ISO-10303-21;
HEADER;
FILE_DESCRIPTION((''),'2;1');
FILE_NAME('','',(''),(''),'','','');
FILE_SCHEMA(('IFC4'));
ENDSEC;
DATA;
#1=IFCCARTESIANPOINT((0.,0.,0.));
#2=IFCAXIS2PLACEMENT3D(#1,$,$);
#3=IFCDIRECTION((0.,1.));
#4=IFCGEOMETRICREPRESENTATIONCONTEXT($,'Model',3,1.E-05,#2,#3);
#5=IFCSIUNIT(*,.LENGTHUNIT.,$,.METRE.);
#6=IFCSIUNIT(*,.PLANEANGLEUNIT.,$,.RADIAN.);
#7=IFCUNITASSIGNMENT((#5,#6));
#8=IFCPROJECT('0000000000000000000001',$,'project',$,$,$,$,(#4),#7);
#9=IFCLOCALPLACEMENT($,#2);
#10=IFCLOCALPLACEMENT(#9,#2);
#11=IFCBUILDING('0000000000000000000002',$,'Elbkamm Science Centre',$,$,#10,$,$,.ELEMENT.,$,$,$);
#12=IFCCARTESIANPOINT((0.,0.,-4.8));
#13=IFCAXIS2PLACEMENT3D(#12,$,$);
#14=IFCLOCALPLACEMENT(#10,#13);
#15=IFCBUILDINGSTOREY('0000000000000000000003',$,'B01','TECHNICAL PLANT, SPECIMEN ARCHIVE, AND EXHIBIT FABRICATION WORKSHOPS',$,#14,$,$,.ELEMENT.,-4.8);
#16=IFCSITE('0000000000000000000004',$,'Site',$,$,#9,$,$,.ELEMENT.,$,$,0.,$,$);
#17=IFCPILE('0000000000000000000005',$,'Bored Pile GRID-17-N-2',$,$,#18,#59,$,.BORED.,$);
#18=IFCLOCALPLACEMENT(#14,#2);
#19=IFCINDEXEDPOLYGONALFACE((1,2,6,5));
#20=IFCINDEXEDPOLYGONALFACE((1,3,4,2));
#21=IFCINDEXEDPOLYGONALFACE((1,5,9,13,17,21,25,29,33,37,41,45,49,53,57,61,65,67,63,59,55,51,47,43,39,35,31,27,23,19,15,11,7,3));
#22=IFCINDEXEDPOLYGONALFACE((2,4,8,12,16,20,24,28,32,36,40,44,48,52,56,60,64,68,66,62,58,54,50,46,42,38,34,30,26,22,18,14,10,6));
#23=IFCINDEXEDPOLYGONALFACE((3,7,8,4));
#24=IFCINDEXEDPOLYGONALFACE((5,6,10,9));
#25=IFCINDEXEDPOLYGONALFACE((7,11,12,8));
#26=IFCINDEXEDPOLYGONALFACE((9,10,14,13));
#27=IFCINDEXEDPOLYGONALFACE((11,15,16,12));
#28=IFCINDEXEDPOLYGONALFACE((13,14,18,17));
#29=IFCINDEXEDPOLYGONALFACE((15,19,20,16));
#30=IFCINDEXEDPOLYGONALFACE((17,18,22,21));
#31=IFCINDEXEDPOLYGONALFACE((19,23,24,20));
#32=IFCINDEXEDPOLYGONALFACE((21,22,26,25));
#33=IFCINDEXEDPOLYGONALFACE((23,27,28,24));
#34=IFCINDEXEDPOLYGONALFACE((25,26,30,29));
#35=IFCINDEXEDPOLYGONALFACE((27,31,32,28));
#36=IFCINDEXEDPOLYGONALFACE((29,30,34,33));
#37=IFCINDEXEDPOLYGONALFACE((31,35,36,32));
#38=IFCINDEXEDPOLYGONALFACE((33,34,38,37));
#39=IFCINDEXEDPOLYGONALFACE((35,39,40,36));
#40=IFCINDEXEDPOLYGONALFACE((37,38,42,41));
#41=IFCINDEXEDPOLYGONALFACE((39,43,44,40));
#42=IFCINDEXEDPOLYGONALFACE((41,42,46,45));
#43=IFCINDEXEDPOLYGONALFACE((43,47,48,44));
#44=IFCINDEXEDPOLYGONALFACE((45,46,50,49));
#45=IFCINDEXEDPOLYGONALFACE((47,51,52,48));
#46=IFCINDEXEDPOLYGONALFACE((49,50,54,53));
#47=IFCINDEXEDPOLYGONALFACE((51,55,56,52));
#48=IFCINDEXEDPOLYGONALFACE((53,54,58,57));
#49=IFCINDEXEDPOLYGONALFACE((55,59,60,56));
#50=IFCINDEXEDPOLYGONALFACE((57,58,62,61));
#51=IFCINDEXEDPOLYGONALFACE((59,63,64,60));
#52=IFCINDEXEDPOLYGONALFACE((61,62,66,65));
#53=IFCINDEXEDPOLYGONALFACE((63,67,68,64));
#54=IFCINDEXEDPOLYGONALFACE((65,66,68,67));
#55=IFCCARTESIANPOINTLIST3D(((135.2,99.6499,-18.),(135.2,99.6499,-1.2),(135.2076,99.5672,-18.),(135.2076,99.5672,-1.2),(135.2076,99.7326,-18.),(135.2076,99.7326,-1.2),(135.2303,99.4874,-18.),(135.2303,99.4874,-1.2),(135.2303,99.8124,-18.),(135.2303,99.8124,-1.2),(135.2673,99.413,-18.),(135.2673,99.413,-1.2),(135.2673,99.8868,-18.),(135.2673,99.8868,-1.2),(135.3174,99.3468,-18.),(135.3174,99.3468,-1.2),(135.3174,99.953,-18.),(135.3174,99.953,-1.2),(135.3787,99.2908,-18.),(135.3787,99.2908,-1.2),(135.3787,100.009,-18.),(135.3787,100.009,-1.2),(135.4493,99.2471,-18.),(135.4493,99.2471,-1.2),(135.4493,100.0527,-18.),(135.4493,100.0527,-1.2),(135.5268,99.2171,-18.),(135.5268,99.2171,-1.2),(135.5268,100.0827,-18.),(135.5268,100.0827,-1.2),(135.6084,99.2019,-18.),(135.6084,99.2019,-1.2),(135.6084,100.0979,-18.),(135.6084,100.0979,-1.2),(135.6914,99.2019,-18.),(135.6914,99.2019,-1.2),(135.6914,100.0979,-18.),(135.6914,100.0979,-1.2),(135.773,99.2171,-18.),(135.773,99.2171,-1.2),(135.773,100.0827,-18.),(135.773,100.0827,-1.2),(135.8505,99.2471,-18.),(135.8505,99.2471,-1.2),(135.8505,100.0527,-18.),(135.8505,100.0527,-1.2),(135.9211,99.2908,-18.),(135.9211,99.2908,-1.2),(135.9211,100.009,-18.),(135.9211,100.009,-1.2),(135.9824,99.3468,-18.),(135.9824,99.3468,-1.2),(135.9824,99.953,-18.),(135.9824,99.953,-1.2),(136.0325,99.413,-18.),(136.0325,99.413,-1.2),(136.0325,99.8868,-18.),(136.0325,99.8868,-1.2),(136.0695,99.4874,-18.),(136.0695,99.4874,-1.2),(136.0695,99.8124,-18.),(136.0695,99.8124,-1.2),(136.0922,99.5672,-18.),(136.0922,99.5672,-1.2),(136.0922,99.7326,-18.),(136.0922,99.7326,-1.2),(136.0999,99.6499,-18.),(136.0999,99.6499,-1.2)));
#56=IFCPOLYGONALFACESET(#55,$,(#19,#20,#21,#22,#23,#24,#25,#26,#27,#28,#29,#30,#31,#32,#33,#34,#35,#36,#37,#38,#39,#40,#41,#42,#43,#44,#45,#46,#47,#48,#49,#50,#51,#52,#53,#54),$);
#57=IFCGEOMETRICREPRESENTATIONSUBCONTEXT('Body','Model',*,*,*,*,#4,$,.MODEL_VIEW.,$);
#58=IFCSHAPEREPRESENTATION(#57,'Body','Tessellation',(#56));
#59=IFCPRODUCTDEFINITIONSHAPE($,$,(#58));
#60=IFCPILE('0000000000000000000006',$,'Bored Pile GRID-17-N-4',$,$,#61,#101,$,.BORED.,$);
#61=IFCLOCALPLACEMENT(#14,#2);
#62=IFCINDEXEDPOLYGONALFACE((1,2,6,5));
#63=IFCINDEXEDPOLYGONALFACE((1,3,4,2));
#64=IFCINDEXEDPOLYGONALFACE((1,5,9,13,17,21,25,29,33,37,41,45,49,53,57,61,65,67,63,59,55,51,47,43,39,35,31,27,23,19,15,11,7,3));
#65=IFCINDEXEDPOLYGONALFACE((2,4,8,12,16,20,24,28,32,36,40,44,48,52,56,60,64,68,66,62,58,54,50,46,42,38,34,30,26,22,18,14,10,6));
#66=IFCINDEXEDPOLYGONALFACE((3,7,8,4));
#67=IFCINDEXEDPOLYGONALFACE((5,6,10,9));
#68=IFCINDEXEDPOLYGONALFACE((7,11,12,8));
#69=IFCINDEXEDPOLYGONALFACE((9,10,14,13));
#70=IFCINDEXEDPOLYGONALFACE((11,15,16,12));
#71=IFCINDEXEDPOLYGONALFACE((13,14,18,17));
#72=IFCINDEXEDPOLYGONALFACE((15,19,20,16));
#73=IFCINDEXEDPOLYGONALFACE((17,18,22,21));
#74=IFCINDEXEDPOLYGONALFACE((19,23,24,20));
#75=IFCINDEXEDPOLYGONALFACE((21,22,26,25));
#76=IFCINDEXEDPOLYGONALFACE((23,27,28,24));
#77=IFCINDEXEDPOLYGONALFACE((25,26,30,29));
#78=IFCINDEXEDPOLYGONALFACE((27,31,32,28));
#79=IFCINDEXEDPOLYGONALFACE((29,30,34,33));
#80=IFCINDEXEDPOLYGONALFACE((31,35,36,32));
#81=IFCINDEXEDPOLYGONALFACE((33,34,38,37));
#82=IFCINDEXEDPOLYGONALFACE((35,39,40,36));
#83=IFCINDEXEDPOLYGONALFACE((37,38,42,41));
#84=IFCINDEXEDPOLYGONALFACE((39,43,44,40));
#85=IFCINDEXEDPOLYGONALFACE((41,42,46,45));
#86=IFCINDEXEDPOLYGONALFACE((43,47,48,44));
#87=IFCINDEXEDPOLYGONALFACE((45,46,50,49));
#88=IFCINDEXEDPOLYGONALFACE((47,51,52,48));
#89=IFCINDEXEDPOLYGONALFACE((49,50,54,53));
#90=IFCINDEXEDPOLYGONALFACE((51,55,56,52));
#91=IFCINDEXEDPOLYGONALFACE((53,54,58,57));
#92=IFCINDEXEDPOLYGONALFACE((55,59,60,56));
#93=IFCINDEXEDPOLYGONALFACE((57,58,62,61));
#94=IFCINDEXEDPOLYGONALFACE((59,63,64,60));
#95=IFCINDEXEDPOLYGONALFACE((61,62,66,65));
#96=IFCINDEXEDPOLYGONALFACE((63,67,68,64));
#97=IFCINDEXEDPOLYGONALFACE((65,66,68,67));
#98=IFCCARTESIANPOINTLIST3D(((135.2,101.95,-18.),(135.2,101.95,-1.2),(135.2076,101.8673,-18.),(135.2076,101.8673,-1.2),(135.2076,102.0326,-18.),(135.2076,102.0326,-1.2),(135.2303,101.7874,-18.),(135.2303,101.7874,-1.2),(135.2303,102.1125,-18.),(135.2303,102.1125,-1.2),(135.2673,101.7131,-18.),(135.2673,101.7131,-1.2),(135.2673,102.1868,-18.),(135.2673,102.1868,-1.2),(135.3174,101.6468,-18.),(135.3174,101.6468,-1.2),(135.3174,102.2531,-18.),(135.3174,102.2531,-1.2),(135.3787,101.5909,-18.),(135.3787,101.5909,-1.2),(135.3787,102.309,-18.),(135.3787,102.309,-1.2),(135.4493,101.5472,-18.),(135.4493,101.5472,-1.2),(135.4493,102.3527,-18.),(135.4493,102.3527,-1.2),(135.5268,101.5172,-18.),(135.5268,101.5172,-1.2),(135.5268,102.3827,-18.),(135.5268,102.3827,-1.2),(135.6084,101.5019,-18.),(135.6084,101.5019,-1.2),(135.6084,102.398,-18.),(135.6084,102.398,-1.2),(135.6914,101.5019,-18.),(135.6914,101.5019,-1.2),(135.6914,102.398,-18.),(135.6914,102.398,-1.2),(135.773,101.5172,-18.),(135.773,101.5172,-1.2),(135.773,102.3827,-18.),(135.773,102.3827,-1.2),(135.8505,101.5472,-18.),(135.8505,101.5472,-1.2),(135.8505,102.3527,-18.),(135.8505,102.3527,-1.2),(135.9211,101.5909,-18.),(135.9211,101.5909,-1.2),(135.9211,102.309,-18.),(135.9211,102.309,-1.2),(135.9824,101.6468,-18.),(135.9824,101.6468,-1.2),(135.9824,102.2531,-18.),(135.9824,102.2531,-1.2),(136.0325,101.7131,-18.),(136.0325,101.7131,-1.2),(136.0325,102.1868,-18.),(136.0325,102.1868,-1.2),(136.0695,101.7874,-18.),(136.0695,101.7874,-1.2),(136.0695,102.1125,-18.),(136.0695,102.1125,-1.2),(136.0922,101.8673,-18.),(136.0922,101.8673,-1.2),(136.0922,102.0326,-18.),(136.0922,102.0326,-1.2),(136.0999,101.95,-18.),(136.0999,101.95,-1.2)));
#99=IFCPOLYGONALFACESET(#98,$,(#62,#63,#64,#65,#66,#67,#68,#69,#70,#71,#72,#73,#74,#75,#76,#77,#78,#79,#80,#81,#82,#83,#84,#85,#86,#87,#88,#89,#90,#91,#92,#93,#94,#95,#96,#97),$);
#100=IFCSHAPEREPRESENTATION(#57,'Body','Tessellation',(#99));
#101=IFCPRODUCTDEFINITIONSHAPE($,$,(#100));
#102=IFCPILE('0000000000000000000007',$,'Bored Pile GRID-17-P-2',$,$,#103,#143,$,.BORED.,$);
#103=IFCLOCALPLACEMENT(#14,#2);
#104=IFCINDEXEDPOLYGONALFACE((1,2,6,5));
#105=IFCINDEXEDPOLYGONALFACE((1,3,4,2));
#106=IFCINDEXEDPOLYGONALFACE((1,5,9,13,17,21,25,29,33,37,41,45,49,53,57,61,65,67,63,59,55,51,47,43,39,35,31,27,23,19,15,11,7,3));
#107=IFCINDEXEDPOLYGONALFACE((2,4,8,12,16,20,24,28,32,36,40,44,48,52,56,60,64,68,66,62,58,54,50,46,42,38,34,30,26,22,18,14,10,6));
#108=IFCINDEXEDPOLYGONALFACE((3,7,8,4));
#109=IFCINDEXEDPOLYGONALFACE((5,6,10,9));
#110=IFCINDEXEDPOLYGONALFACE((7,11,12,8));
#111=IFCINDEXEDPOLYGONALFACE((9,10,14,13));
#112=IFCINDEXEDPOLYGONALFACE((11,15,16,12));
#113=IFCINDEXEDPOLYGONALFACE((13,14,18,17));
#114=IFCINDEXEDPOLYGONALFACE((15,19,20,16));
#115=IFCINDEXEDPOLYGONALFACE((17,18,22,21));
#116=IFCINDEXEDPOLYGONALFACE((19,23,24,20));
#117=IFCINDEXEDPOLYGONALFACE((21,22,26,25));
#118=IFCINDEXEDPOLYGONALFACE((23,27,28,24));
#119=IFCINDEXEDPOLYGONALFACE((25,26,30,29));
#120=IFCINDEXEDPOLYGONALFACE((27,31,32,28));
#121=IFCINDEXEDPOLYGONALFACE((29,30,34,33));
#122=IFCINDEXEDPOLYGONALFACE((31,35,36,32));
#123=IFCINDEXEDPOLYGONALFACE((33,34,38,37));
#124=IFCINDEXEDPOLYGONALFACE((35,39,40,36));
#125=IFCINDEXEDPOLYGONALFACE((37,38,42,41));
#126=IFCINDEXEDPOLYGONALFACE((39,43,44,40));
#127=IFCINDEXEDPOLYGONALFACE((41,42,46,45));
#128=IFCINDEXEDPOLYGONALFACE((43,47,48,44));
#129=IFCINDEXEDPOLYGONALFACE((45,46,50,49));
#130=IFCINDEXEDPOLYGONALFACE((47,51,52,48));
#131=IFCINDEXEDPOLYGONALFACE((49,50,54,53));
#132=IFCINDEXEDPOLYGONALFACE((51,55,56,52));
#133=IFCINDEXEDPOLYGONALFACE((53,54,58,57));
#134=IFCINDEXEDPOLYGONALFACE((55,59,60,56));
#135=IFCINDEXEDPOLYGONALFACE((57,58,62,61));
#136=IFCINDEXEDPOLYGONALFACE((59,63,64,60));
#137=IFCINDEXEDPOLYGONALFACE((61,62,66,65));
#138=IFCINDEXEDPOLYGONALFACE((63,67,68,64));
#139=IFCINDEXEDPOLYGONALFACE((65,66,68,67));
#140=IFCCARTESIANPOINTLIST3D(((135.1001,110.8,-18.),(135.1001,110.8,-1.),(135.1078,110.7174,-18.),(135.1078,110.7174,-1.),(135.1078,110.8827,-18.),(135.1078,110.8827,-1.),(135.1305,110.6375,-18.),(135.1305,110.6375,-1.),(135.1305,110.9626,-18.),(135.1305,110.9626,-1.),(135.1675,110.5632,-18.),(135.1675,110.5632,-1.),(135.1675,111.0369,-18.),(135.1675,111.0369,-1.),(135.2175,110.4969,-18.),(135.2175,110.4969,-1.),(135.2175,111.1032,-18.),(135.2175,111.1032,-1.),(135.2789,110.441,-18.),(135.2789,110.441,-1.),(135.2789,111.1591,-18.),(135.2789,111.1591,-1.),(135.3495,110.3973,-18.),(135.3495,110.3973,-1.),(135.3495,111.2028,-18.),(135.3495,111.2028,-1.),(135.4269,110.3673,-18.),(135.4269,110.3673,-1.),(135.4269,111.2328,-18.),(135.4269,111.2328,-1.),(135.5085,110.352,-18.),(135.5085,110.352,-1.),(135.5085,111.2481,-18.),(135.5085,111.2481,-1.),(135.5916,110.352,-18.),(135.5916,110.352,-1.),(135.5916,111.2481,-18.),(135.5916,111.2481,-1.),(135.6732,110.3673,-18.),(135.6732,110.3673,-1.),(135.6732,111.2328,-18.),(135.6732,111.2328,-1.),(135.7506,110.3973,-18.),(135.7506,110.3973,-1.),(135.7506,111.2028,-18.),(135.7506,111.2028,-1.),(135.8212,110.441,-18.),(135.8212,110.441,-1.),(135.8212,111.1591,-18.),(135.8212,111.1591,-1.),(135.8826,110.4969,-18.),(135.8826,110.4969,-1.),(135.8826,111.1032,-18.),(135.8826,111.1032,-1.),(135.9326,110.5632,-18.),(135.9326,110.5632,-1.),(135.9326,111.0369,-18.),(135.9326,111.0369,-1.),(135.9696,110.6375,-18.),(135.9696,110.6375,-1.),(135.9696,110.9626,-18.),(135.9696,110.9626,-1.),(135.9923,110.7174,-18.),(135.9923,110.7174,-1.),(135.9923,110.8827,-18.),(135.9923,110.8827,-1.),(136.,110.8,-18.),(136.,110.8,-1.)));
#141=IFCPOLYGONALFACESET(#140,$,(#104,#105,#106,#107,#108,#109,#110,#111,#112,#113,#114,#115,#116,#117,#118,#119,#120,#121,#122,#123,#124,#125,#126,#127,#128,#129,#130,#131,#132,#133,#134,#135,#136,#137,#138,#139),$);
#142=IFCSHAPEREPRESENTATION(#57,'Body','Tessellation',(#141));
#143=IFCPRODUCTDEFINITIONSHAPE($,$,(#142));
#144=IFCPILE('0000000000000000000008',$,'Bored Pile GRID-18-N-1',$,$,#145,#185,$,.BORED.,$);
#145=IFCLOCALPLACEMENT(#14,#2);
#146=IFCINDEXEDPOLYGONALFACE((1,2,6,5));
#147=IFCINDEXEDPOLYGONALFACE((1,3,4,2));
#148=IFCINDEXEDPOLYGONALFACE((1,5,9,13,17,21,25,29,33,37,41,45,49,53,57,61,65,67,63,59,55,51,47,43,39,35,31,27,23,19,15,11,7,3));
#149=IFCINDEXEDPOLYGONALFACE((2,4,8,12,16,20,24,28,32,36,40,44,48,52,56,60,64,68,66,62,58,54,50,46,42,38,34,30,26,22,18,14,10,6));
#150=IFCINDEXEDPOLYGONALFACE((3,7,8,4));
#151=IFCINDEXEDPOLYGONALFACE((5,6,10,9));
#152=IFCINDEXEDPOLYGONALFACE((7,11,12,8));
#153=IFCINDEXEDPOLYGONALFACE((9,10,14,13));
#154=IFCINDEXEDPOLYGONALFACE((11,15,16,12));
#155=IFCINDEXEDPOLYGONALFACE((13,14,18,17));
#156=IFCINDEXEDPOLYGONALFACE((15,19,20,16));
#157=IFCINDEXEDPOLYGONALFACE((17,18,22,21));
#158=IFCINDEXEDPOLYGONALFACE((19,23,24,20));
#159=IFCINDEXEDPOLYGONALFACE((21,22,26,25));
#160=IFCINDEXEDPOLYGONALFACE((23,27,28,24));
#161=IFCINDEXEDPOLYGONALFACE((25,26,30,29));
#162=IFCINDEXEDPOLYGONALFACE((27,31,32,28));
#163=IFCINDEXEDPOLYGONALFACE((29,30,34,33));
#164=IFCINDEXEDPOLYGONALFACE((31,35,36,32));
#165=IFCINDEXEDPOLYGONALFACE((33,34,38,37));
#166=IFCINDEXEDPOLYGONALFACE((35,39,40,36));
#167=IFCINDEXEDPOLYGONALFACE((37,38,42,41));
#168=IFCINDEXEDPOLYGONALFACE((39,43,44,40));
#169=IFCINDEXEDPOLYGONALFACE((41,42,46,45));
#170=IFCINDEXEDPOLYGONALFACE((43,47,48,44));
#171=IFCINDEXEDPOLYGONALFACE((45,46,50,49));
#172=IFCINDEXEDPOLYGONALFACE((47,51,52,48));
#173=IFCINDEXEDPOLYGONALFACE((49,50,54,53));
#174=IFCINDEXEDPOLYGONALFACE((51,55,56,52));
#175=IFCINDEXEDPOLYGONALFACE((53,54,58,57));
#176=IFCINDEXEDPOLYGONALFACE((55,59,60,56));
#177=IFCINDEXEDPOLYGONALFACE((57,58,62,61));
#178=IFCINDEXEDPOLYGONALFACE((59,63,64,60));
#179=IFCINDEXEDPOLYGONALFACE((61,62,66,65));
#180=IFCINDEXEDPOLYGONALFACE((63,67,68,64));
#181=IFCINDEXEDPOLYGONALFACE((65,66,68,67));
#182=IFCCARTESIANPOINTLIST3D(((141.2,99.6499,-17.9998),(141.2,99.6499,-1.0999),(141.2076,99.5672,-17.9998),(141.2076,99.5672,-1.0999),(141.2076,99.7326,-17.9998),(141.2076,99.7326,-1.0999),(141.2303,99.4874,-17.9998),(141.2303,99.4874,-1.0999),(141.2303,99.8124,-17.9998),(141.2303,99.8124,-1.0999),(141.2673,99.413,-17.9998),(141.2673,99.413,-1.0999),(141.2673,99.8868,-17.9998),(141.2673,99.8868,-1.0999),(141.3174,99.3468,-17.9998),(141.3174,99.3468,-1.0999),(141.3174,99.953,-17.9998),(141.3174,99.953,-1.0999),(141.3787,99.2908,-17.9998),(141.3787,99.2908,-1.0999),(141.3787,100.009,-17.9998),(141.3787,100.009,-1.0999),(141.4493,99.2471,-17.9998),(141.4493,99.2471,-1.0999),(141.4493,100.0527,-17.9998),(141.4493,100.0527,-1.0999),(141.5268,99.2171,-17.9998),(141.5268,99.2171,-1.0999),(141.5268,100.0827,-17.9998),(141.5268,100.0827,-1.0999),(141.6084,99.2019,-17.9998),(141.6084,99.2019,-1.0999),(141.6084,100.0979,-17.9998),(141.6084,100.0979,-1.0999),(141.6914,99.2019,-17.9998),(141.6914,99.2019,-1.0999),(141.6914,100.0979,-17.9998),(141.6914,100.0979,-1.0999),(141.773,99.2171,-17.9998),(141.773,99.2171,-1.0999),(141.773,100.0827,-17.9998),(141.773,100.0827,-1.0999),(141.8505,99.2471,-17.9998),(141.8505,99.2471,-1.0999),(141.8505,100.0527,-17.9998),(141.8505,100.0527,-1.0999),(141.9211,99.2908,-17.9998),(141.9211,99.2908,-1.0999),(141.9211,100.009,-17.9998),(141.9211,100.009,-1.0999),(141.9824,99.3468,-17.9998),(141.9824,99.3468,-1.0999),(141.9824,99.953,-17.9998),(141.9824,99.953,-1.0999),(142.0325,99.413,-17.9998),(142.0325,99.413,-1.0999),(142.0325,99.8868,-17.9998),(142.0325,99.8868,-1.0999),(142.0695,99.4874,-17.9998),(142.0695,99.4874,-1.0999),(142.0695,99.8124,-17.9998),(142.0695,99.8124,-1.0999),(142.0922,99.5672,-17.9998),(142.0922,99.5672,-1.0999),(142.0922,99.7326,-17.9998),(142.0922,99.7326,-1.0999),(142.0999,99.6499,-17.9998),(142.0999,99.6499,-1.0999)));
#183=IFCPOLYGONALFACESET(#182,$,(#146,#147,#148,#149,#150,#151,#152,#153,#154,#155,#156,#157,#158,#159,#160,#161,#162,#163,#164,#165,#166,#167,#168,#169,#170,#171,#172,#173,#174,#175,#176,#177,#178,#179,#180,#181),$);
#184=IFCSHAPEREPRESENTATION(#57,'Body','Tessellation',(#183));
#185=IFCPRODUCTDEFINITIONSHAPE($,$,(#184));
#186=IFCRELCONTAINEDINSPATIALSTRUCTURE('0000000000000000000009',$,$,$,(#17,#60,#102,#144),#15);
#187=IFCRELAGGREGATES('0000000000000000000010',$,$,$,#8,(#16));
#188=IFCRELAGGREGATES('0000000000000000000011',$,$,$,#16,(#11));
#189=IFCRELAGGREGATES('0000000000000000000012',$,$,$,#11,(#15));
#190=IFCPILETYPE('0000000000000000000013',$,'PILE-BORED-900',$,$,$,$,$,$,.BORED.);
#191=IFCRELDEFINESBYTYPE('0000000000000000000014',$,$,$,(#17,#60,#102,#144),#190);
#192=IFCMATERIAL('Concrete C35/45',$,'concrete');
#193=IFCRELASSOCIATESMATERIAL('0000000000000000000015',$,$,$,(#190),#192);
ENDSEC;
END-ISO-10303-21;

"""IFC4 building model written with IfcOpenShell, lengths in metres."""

from ifc_helpers import new_model, si_unit, direction, frame, origin, origin_2d, place, context, subcontext, project, spatial, circle, extrude, material, material_profile, profile_set, type_object, element, save


model = new_model("IFC4")

# Units and contexts
model_context = context("Model", 3, precision=1e-05, world=origin(), true_north=direction((0.0, 1.0)))
body_context = subcontext(model_context, "Body", "Model", "MODEL_VIEW")
ifc_project = project(units=[si_unit("LENGTHUNIT", "METRE"), si_unit("PLANEANGLEUNIT", "RADIAN")], contexts=[model_context])

# Site, building, storey
site_placement = place(None, origin())
site = spatial("IfcSite", under=ifc_project, at=site_placement, Name="Site", CompositionType="ELEMENT", RefElevation=0.0)
building_placement = place(site_placement, origin())
building = spatial("IfcBuilding", under=site, at=building_placement, Name="Elbkamm Science Centre", CompositionType="ELEMENT")
storey_placement = place(building_placement, frame((0.0, 0.0, -4.8)))
storey = spatial("IfcBuildingStorey", under=building, at=storey_placement, Name="B01", Description="TECHNICAL PLANT, SPECIMEN ARCHIVE, AND EXHIBIT FABRICATION WORKSHOPS", CompositionType="ELEMENT", Elevation=-4.8)

# Shared definitions
ifc_material_1 = material(Name="Concrete C35/45", Category="concrete")

# Piles
ifc_material_profile_1 = material_profile(ifc_material_1, circle(Radius=0.45, at=origin_2d()), Name="PILE D900")
ifc_profile_set_1 = profile_set([ifc_material_profile_1], Name="Concrete C35/45")
pile_type = type_object("IfcPileType", Name="PILE-BORED-900", PredefinedType="BORED", material=ifc_profile_set_1)
for number, where, z_axis, x_axis, name in (
    (1, (135.6499, 99.6499, -1.2), (0.0, 0.0, -1.0), (1.0, 0.0, 0.0), "Bored Pile GRID-17-N-2"),
    (2, (135.6499, 101.95, -1.2), (0.0, 0.0, -1.0), (1.0, 0.0, 0.0), "Bored Pile GRID-17-N-4"),
):
    element("IfcPile", number, at=place(storey_placement, frame(where, z_axis=z_axis, x_axis=x_axis)), inside=storey, type_object=pile_type, Name=name, PredefinedType="BORED", context=body_context, shape_type="SweptSolid", body=[
        extrude(circle(Radius=0.45, at=origin_2d()), origin(), (0.0, 0.0, 1.0), 16.8),
    ])
pile_1_placement = place(storey_placement, frame((135.55, 110.8, -1.0), z_axis=(0.0, 0.0, -1.0), x_axis=(1.0, 0.0, 0.0)))
element("IfcPile", 3, at=pile_1_placement, inside=storey, type_object=pile_type, Name="Bored Pile GRID-17-P-2", PredefinedType="BORED", context=body_context, shape_type="SweptSolid", body=[
    extrude(circle(Radius=0.45, at=origin_2d()), origin(), (0.0, 0.0, 1.0), 17.0),
])
for number, where, z_axis, x_axis, name in (
    (4, (141.6499, 99.6499, -1.0999), (0.0, 0.0, -1.0), (1.0, 0.0, 0.0), "Bored Pile GRID-18-N-1"),
):
    element("IfcPile", number, at=place(storey_placement, frame(where, z_axis=z_axis, x_axis=x_axis)), inside=storey, type_object=pile_type, Name=name, PredefinedType="BORED", context=body_context, shape_type="SweptSolid", body=[
        extrude(circle(Radius=0.45, at=origin_2d()), origin(), (0.0, 0.0, 1.0), 16.8999),
    ])

save(model, "model.ifc")
